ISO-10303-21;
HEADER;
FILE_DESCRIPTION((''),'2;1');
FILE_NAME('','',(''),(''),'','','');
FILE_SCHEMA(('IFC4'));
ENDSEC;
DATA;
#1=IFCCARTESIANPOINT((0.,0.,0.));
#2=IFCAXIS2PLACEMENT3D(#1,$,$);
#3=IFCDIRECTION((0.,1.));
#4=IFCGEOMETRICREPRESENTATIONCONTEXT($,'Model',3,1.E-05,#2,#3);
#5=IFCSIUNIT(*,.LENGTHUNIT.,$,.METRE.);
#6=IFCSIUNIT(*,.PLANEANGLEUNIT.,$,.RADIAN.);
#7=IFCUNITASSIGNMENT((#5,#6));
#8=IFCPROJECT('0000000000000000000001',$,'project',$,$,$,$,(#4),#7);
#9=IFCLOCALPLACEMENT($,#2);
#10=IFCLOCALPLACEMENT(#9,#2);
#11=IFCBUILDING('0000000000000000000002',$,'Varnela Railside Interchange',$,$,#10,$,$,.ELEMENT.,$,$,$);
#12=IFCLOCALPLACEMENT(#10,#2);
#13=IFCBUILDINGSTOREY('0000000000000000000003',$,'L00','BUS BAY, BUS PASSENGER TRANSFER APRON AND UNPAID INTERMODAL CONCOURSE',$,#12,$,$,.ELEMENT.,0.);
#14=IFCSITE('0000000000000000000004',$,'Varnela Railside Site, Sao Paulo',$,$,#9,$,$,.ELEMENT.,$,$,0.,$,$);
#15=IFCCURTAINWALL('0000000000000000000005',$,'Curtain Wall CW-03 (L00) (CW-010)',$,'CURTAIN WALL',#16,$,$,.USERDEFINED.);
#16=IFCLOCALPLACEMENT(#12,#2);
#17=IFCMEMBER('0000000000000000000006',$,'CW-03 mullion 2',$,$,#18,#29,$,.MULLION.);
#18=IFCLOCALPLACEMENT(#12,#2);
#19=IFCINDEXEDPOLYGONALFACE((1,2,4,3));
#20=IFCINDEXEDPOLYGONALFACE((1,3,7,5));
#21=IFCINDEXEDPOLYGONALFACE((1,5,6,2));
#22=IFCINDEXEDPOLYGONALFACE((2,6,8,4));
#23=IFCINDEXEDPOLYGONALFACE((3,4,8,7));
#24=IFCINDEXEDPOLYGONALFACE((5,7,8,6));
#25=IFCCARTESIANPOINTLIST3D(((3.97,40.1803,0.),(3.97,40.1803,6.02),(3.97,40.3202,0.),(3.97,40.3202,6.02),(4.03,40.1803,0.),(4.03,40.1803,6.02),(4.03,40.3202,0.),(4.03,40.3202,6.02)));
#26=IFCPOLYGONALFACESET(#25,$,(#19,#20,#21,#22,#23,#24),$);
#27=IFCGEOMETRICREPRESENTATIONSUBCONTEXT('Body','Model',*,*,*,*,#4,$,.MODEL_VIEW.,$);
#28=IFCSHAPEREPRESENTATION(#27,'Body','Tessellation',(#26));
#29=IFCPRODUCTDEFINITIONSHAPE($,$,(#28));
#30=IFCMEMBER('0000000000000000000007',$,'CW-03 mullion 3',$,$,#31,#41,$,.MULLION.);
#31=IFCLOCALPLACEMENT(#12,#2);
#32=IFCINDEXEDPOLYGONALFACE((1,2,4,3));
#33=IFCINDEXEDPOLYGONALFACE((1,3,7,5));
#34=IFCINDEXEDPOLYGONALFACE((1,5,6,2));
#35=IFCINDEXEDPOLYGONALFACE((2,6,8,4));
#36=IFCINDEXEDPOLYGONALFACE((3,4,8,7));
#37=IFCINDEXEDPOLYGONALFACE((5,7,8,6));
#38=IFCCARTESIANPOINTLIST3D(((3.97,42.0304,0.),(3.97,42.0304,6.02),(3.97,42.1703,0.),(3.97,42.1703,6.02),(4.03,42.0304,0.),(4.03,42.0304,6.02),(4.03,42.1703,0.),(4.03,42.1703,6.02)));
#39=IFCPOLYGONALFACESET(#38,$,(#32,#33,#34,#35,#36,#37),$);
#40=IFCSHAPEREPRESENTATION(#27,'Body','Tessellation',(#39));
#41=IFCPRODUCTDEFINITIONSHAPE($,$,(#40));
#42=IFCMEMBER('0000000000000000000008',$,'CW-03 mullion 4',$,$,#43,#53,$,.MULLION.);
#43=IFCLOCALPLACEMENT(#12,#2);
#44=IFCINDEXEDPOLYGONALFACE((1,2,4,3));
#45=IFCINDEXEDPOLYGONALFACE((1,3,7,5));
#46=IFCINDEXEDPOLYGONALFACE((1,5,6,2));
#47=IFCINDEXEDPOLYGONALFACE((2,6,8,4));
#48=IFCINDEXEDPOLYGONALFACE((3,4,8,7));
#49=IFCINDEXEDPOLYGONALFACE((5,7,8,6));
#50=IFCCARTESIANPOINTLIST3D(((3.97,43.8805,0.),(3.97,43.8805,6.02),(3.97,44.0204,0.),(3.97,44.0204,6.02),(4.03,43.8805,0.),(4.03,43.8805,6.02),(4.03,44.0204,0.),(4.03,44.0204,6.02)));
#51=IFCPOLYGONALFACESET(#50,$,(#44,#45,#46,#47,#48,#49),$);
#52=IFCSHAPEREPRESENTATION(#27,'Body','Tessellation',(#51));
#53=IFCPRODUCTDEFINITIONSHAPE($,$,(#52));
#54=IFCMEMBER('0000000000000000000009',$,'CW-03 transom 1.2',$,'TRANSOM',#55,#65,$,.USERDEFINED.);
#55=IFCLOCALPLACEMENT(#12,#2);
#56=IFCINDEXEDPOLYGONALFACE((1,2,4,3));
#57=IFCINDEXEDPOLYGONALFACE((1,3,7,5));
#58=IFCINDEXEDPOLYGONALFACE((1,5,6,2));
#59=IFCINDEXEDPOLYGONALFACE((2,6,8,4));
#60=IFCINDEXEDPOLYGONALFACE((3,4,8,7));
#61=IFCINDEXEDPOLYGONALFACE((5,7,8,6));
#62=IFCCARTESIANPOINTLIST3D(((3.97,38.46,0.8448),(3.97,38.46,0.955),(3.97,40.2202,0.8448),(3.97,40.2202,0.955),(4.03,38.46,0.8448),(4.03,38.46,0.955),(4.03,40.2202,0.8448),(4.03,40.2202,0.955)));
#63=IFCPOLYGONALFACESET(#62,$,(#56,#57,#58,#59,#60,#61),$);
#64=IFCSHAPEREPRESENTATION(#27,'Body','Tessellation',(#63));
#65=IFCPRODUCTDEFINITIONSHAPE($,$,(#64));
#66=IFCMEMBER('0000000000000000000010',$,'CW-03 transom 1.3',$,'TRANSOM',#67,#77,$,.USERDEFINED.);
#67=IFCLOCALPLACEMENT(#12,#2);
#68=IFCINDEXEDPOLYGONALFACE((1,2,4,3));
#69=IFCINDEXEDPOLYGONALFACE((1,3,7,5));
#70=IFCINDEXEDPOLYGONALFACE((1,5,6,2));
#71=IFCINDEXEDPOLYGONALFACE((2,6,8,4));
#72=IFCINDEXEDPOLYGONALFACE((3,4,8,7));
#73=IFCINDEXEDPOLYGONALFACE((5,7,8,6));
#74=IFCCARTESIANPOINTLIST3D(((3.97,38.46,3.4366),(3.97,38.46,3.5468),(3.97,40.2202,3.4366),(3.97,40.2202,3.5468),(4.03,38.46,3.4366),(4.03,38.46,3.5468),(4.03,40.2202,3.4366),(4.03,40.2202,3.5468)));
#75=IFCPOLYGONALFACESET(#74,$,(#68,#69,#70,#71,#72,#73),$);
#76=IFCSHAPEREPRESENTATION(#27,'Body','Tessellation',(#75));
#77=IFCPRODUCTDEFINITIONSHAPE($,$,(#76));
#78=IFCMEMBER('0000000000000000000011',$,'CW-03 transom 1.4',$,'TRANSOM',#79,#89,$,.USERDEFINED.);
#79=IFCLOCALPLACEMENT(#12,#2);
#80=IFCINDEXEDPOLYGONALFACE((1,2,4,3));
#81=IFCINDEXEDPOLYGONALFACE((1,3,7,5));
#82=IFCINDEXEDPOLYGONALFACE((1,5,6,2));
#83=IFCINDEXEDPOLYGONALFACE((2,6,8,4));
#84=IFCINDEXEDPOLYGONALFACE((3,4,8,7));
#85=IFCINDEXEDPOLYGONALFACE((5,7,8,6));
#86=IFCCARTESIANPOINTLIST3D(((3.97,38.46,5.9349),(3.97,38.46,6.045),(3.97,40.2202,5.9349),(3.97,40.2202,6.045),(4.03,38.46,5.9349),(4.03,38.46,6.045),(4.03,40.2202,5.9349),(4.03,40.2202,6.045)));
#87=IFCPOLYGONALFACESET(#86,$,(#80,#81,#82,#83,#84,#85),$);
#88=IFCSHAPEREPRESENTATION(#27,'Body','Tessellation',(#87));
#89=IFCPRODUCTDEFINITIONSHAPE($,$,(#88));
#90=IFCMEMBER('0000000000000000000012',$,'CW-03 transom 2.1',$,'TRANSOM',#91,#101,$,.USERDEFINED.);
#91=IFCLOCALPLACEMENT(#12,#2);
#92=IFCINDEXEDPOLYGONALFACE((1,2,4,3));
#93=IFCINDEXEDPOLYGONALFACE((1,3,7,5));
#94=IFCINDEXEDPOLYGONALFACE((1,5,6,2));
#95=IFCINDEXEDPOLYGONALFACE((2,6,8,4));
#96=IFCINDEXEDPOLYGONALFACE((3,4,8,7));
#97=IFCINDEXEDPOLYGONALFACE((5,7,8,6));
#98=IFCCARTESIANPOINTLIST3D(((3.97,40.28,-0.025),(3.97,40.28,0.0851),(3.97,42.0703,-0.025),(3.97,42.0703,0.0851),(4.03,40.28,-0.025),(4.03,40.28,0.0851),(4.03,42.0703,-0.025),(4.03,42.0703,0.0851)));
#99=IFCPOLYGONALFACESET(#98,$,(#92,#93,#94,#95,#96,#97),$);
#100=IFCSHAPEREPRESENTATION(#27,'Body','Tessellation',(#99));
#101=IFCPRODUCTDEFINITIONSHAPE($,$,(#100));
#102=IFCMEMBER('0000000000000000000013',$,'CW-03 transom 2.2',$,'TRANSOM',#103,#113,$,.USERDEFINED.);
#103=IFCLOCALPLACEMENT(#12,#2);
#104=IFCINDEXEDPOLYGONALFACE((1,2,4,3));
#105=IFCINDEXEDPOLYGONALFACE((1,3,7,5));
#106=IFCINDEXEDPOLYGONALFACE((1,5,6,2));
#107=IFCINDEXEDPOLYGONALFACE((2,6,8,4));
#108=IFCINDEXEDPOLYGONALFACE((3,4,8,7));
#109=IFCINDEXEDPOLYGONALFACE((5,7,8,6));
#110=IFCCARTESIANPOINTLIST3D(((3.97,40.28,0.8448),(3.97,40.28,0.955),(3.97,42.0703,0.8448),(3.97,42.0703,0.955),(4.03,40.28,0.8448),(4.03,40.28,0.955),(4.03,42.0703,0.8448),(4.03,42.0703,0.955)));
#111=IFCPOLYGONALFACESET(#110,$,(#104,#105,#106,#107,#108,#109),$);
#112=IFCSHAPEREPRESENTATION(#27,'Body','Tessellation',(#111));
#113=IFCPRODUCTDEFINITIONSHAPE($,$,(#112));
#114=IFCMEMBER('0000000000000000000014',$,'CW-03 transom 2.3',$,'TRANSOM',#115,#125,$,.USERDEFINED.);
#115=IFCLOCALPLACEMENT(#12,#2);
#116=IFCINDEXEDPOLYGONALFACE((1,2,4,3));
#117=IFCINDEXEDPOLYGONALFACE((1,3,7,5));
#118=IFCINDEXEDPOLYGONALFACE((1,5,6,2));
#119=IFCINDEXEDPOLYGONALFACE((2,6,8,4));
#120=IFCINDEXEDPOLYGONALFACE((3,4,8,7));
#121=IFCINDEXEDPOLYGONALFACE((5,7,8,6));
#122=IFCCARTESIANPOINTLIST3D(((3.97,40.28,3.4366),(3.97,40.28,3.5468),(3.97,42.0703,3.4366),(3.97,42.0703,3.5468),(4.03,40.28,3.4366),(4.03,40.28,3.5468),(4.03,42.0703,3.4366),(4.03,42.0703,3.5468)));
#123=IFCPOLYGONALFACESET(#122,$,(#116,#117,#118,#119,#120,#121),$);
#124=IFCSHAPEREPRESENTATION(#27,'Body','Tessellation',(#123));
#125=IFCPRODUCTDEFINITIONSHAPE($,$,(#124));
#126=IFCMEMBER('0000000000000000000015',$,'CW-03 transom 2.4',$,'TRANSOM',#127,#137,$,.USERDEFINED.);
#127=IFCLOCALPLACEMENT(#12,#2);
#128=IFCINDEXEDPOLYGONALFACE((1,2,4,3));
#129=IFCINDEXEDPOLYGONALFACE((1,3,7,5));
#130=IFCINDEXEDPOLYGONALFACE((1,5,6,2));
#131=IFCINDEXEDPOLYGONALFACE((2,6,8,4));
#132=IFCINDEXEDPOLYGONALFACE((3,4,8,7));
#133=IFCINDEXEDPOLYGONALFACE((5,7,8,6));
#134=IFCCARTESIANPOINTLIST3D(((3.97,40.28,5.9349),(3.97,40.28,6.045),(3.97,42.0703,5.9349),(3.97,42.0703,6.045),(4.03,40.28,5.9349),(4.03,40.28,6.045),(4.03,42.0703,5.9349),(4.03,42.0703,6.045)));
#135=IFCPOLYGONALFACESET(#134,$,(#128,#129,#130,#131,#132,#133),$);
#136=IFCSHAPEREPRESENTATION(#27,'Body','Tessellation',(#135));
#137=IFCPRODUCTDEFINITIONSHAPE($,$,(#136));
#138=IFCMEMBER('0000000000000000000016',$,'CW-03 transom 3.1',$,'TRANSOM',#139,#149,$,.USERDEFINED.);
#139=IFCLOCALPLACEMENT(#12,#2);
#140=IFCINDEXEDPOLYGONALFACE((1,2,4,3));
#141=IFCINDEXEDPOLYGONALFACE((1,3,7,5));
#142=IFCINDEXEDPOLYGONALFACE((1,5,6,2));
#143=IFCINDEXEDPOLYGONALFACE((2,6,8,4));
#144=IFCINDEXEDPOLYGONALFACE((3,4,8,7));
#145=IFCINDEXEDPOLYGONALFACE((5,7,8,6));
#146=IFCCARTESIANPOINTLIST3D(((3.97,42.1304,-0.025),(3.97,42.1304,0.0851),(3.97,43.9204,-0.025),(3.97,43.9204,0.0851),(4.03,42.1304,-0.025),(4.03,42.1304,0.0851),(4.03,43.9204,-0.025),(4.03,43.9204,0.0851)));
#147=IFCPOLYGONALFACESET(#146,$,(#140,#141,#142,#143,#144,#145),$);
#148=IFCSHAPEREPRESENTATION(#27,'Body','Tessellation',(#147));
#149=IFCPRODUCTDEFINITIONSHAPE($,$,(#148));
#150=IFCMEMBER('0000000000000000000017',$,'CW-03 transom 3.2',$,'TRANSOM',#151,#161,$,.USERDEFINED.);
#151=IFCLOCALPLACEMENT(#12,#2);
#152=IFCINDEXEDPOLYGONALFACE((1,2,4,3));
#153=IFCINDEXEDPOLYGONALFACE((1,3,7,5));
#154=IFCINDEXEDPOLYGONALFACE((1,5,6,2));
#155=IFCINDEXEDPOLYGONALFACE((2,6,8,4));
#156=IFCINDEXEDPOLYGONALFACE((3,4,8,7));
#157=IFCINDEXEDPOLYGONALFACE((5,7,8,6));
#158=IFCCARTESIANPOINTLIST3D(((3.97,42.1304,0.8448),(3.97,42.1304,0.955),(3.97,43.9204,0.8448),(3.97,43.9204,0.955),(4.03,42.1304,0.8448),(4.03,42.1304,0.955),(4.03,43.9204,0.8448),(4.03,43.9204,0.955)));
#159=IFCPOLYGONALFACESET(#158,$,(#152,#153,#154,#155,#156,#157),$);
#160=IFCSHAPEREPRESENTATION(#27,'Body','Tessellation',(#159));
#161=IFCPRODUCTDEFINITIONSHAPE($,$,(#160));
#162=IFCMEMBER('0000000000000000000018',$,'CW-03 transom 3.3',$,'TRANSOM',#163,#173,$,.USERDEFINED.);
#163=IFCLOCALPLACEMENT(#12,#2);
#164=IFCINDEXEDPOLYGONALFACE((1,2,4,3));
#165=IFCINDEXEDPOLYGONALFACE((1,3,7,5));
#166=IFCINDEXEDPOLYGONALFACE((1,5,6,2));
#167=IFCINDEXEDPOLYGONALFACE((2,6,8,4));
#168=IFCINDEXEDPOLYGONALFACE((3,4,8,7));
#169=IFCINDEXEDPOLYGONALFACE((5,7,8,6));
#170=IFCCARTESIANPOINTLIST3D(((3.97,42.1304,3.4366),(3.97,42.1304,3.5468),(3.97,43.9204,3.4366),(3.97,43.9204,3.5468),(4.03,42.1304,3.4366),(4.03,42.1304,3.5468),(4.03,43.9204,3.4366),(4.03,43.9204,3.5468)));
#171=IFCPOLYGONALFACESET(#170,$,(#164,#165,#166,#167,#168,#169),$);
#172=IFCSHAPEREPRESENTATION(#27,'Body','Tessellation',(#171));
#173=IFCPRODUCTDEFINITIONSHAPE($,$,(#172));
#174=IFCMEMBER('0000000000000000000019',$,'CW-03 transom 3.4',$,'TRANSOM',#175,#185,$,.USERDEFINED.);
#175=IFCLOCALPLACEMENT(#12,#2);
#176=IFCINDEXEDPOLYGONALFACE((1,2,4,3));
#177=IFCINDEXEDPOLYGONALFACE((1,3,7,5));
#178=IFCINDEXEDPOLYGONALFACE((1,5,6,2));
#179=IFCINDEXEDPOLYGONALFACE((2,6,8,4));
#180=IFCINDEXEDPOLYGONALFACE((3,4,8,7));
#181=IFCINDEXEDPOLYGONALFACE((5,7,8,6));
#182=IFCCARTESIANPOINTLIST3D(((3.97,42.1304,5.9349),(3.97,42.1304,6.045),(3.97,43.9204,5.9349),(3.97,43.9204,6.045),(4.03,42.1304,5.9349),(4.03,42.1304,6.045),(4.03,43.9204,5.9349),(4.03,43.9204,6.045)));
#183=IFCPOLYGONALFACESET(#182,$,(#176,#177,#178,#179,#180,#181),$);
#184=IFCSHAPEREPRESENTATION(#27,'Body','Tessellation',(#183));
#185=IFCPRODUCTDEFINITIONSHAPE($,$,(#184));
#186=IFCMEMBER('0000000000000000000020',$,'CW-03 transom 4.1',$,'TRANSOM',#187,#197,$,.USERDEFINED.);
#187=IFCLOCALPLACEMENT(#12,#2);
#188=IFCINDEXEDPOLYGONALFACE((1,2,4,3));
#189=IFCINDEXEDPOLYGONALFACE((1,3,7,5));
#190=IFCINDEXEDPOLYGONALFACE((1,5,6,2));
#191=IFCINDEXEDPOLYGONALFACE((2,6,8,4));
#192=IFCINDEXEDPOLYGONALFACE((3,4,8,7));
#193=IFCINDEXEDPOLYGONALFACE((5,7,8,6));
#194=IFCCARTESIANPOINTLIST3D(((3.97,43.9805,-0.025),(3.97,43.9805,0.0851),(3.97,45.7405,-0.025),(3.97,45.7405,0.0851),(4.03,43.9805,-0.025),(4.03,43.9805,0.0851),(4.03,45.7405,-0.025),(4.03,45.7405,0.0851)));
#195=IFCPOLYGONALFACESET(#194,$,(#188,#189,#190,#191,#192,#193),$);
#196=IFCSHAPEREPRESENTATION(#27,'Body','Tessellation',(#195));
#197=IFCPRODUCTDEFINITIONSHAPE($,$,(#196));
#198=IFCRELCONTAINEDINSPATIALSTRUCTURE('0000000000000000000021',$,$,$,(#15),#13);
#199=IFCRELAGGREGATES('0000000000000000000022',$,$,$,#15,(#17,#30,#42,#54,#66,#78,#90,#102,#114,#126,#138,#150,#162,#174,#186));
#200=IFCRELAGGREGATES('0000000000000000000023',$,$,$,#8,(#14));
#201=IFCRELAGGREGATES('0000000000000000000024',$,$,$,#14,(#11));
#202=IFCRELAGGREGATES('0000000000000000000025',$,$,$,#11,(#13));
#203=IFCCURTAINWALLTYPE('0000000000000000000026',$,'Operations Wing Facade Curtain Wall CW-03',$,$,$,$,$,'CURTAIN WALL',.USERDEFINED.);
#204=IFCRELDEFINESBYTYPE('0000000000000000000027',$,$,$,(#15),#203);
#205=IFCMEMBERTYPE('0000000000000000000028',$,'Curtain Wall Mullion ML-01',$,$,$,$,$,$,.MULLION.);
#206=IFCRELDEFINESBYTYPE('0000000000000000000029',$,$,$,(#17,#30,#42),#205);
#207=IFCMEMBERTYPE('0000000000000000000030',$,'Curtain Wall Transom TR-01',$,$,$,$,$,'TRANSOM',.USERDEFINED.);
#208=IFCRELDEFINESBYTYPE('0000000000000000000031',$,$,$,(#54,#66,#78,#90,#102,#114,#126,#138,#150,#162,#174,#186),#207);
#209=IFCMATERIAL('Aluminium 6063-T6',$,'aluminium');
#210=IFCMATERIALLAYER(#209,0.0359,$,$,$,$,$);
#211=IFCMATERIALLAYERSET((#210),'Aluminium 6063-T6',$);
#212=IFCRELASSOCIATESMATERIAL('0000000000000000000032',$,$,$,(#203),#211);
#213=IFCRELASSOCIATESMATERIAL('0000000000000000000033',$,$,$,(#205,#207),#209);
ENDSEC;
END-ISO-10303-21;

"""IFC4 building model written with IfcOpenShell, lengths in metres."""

from ifc_helpers import new_model, si_unit, direction, frame, origin, origin_2d, place, context, subcontext, project, spatial, rectangle, extrude, material, layer, layer_set, material_profile, profile_set, type_object, element, aggregate, save


model = new_model("IFC4")

# Units and contexts
model_context = context("Model", 3, precision=1e-05, world=origin(), true_north=direction((0.0, 1.0)))
body_context = subcontext(model_context, "Body", "Model", "MODEL_VIEW")
ifc_project = project(units=[si_unit("LENGTHUNIT", "METRE"), si_unit("PLANEANGLEUNIT", "RADIAN")], contexts=[model_context])

# Site, building, storey
site_placement = place(None, origin())
site = spatial("IfcSite", under=ifc_project, at=site_placement, Name="Varnela Railside Site, Sao Paulo", CompositionType="ELEMENT", RefElevation=0.0)
building_placement = place(site_placement, origin())
building = spatial("IfcBuilding", under=site, at=building_placement, Name="Varnela Railside Interchange", CompositionType="ELEMENT")
storey_placement = place(building_placement, origin())
storey = spatial("IfcBuildingStorey", under=building, at=storey_placement, Name="L00", Description="BUS BAY, BUS PASSENGER TRANSFER APRON AND UNPAID INTERMODAL CONCOURSE", CompositionType="ELEMENT", Elevation=0.0)

# Curtain wall, members
ifc_material_1 = material(Name="Aluminium 6063-T6", Category="aluminium")
ifc_layer_1 = layer(ifc_material_1, 0.0359)
ifc_layer_set_1 = layer_set([ifc_layer_1], Name="Aluminium 6063-T6")
curtain_wall_type = type_object("IfcCurtainWallType", Name="Operations Wing Facade Curtain Wall CW-03", ElementType="CURTAIN WALL", PredefinedType="USERDEFINED", material=ifc_layer_set_1)
curtain_wall_placement = place(storey_placement, origin())
curtain_wall = element("IfcCurtainWall", 1, at=curtain_wall_placement, inside=storey, type_object=curtain_wall_type, Name="Curtain Wall CW-03 (L00) (CW-010)", ObjectType="CURTAIN WALL", PredefinedType="USERDEFINED")
ifc_material_profile_1 = material_profile(ifc_material_1, rectangle(XDim=0.0601, YDim=0.1399, at=origin_2d()), Name="ALU 60x140")
ifc_profile_set_1 = profile_set([ifc_material_profile_1], Name="Aluminium 6063-T6")
member_type_1 = type_object("IfcMemberType", Name="Curtain Wall Mullion ML-01", PredefinedType="MULLION", material=ifc_profile_set_1)
member_1_placement = place(storey_placement, frame((4.0, 40.2502, 0.0), z_axis=(0.0, 0.0, 1.0), x_axis=(-1.0, 0.0, 0.0)))
member_1 = element("IfcMember", 2, at=member_1_placement, type_object=member_type_1, Name="CW-03 mullion 2", PredefinedType="MULLION", context=body_context, shape_type="SweptSolid", body=[
    extrude(rectangle(XDim=0.0601, YDim=0.1399, at=origin_2d()), origin(), (0.0, 0.0, 1.0), 6.02),
])
member_2_placement = place(storey_placement, frame((4.0, 42.1003, 0.0), z_axis=(0.0, 0.0, 1.0), x_axis=(-1.0, 0.0, 0.0)))
member_2 = element("IfcMember", 3, at=member_2_placement, type_object=member_type_1, Name="CW-03 mullion 3", PredefinedType="MULLION", context=body_context, shape_type="SweptSolid", body=[
    extrude(rectangle(XDim=0.0601, YDim=0.1399, at=origin_2d()), origin(), (0.0, 0.0, 1.0), 6.02),
])
member_3_placement = place(storey_placement, frame((4.0, 43.9504, 0.0), z_axis=(0.0, 0.0, 1.0), x_axis=(-1.0, 0.0, 0.0)))
member_3 = element("IfcMember", 4, at=member_3_placement, type_object=member_type_1, Name="CW-03 mullion 4", PredefinedType="MULLION", context=body_context, shape_type="SweptSolid", body=[
    extrude(rectangle(XDim=0.0601, YDim=0.1399, at=origin_2d()), origin(), (0.0, 0.0, 1.0), 6.02),
])
ifc_material_profile_2 = material_profile(ifc_material_1, rectangle(XDim=0.0601, YDim=0.1101, at=origin_2d()), Name="ALU 60x110")
ifc_profile_set_2 = profile_set([ifc_material_profile_2], Name="Aluminium 6063-T6")
member_type_2 = type_object("IfcMemberType", Name="Curtain Wall Transom TR-01", ElementType="TRANSOM", PredefinedType="USERDEFINED", material=ifc_profile_set_2)
member_4_placement = place(storey_placement, frame((4.0, 38.46, 0.8999), z_axis=(0.0, 1.0, 0.0), x_axis=(-1.0, 0.0, 0.0)))
member_4 = element("IfcMember", 5, at=member_4_placement, type_object=member_type_2, Name="CW-03 transom 1.2", ObjectType="TRANSOM", PredefinedType="USERDEFINED", context=body_context, shape_type="SweptSolid", body=[
    extrude(rectangle(XDim=0.0601, YDim=0.1101, at=origin_2d()), origin(), (0.0, 0.0, 1.0), 1.7603),
])
member_5_placement = place(storey_placement, frame((4.0, 38.46, 3.4917), z_axis=(0.0, 1.0, 0.0), x_axis=(-1.0, 0.0, 0.0)))
member_5 = element("IfcMember", 6, at=member_5_placement, type_object=member_type_2, Name="CW-03 transom 1.3", ObjectType="TRANSOM", PredefinedType="USERDEFINED", context=body_context, shape_type="SweptSolid", body=[
    extrude(rectangle(XDim=0.0601, YDim=0.1101, at=origin_2d()), origin(), (0.0, 0.0, 1.0), 1.7603),
])
member_6_placement = place(storey_placement, frame((4.0, 38.46, 5.99), z_axis=(0.0, 1.0, 0.0), x_axis=(-1.0, 0.0, 0.0)))
member_6 = element("IfcMember", 7, at=member_6_placement, type_object=member_type_2, Name="CW-03 transom 1.4", ObjectType="TRANSOM", PredefinedType="USERDEFINED", context=body_context, shape_type="SweptSolid", body=[
    extrude(rectangle(XDim=0.0601, YDim=0.1101, at=origin_2d()), origin(), (0.0, 0.0, 1.0), 1.7603),
])
member_7_placement = place(storey_placement, frame((4.0, 40.28, 0.03), z_axis=(0.0, 1.0, 0.0), x_axis=(-1.0, 0.0, 0.0)))
member_7 = element("IfcMember", 8, at=member_7_placement, type_object=member_type_2, Name="CW-03 transom 2.1", ObjectType="TRANSOM", PredefinedType="USERDEFINED", context=body_context, shape_type="SweptSolid", body=[
    extrude(rectangle(XDim=0.0601, YDim=0.1101, at=origin_2d()), origin(), (0.0, 0.0, 1.0), 1.7903),
])
member_8_placement = place(storey_placement, frame((4.0, 40.28, 0.8999), z_axis=(0.0, 1.0, 0.0), x_axis=(-1.0, 0.0, 0.0)))
member_8 = element("IfcMember", 9, at=member_8_placement, type_object=member_type_2, Name="CW-03 transom 2.2", ObjectType="TRANSOM", PredefinedType="USERDEFINED", context=body_context, shape_type="SweptSolid", body=[
    extrude(rectangle(XDim=0.0601, YDim=0.1101, at=origin_2d()), origin(), (0.0, 0.0, 1.0), 1.7903),
])
member_9_placement = place(storey_placement, frame((4.0, 40.28, 3.4917), z_axis=(0.0, 1.0, 0.0), x_axis=(-1.0, 0.0, 0.0)))
member_9 = element("IfcMember", 10, at=member_9_placement, type_object=member_type_2, Name="CW-03 transom 2.3", ObjectType="TRANSOM", PredefinedType="USERDEFINED", context=body_context, shape_type="SweptSolid", body=[
    extrude(rectangle(XDim=0.0601, YDim=0.1101, at=origin_2d()), origin(), (0.0, 0.0, 1.0), 1.7903),
])
member_10_placement = place(storey_placement, frame((4.0, 40.28, 5.99), z_axis=(0.0, 1.0, 0.0), x_axis=(-1.0, 0.0, 0.0)))
member_10 = element("IfcMember", 11, at=member_10_placement, type_object=member_type_2, Name="CW-03 transom 2.4", ObjectType="TRANSOM", PredefinedType="USERDEFINED", context=body_context, shape_type="SweptSolid", body=[
    extrude(rectangle(XDim=0.0601, YDim=0.1101, at=origin_2d()), origin(), (0.0, 0.0, 1.0), 1.7903),
])
member_11_placement = place(storey_placement, frame((4.0, 42.1304, 0.03), z_axis=(0.0, 1.0, 0.0), x_axis=(-1.0, 0.0, 0.0)))
member_11 = element("IfcMember", 12, at=member_11_placement, type_object=member_type_2, Name="CW-03 transom 3.1", ObjectType="TRANSOM", PredefinedType="USERDEFINED", context=body_context, shape_type="SweptSolid", body=[
    extrude(rectangle(XDim=0.0601, YDim=0.1101, at=origin_2d()), origin(), (0.0, 0.0, 1.0), 1.79),
])
member_12_placement = place(storey_placement, frame((4.0, 42.1304, 0.8999), z_axis=(0.0, 1.0, 0.0), x_axis=(-1.0, 0.0, 0.0)))
member_12 = element("IfcMember", 13, at=member_12_placement, type_object=member_type_2, Name="CW-03 transom 3.2", ObjectType="TRANSOM", PredefinedType="USERDEFINED", context=body_context, shape_type="SweptSolid", body=[
    extrude(rectangle(XDim=0.0601, YDim=0.1101, at=origin_2d()), origin(), (0.0, 0.0, 1.0), 1.79),
])
member_13_placement = place(storey_placement, frame((4.0, 42.1304, 3.4917), z_axis=(0.0, 1.0, 0.0), x_axis=(-1.0, 0.0, 0.0)))
member_13 = element("IfcMember", 14, at=member_13_placement, type_object=member_type_2, Name="CW-03 transom 3.3", ObjectType="TRANSOM", PredefinedType="USERDEFINED", context=body_context, shape_type="SweptSolid", body=[
    extrude(rectangle(XDim=0.0601, YDim=0.1101, at=origin_2d()), origin(), (0.0, 0.0, 1.0), 1.79),
])
member_14_placement = place(storey_placement, frame((4.0, 42.1304, 5.99), z_axis=(0.0, 1.0, 0.0), x_axis=(-1.0, 0.0, 0.0)))
member_14 = element("IfcMember", 15, at=member_14_placement, type_object=member_type_2, Name="CW-03 transom 3.4", ObjectType="TRANSOM", PredefinedType="USERDEFINED", context=body_context, shape_type="SweptSolid", body=[
    extrude(rectangle(XDim=0.0601, YDim=0.1101, at=origin_2d()), origin(), (0.0, 0.0, 1.0), 1.79),
])
member_15_placement = place(storey_placement, frame((4.0, 43.9805, 0.03), z_axis=(0.0, 1.0, 0.0), x_axis=(-1.0, 0.0, 0.0)))
member_15 = element("IfcMember", 16, at=member_15_placement, type_object=member_type_2, Name="CW-03 transom 4.1", ObjectType="TRANSOM", PredefinedType="USERDEFINED", context=body_context, shape_type="SweptSolid", body=[
    extrude(rectangle(XDim=0.0601, YDim=0.1101, at=origin_2d()), origin(), (0.0, 0.0, 1.0), 1.76),
])
aggregate(curtain_wall, [member_1, member_2, member_3, member_4, member_5, member_6, member_7, member_8, member_9, member_10, member_11, member_12, member_13, member_14, member_15])

save(model, "model.ifc")
